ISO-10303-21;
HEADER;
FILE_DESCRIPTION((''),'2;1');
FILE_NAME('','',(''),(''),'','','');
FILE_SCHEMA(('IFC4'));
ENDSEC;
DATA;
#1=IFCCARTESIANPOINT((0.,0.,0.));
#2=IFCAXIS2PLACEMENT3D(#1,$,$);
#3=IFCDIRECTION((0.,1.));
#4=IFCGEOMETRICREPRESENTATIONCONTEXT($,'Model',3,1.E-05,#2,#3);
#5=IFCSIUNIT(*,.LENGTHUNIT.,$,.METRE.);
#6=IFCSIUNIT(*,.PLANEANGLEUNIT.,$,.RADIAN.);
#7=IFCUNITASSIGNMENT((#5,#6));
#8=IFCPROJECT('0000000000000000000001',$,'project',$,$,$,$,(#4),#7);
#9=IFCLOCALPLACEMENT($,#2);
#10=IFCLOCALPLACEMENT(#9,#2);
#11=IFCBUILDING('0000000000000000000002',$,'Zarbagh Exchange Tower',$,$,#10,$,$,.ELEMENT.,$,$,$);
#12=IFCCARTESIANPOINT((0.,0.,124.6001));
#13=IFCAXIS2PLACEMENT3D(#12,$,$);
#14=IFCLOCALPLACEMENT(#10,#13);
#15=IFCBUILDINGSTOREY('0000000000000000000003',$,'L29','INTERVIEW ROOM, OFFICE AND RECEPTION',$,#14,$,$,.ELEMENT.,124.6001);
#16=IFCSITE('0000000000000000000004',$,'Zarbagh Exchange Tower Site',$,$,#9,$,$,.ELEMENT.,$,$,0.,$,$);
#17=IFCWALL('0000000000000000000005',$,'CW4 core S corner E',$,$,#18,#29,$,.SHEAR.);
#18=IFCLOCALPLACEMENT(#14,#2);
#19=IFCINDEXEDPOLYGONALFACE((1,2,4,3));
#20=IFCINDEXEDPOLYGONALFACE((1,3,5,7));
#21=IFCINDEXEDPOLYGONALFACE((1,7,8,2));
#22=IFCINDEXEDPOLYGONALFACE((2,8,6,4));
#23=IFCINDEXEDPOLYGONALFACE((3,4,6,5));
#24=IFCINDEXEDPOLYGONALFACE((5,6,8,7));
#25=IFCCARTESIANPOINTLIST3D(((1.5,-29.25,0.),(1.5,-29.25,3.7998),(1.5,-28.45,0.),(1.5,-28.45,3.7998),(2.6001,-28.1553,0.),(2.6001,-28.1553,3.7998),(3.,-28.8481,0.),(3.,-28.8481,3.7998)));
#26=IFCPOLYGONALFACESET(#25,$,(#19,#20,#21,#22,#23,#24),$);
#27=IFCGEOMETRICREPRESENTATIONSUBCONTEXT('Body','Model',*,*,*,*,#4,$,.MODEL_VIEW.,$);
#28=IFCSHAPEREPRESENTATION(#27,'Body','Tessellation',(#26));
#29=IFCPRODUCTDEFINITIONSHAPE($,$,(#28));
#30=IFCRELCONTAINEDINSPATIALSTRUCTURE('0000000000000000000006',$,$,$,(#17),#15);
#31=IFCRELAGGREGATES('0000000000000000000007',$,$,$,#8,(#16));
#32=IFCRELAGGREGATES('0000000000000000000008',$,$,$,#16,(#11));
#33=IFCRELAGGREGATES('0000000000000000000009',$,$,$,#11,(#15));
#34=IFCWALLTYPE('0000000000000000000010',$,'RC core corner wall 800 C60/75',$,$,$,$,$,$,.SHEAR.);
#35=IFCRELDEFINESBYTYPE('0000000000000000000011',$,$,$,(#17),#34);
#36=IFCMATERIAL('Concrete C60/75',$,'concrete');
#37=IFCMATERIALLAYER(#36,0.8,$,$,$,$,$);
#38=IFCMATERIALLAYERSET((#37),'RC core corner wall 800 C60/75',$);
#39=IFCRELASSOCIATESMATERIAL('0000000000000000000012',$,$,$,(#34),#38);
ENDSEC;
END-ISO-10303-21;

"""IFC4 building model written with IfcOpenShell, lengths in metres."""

from ifc_helpers import new_model, si_unit, direction, frame, origin, place, context, subcontext, project, spatial, polyline, outline, extrude, material, layer, layer_set, type_object, element, save


model = new_model("IFC4")

# Units and contexts
model_context = context("Model", 3, precision=1e-05, world=origin(), true_north=direction((0.0, 1.0)))
body_context = subcontext(model_context, "Body", "Model", "MODEL_VIEW")
ifc_project = project(units=[si_unit("LENGTHUNIT", "METRE"), si_unit("PLANEANGLEUNIT", "RADIAN")], contexts=[model_context])

# Site, building, storey
site_placement = place(None, origin())
site = spatial("IfcSite", under=ifc_project, at=site_placement, Name="Zarbagh Exchange Tower Site", CompositionType="ELEMENT", RefElevation=0.0)
building_placement = place(site_placement, origin())
building = spatial("IfcBuilding", under=site, at=building_placement, Name="Zarbagh Exchange Tower", CompositionType="ELEMENT")
storey_placement = place(building_placement, frame((0.0, 0.0, 124.6001)))
storey = spatial("IfcBuildingStorey", under=building, at=storey_placement, Name="L29", Description="INTERVIEW ROOM, OFFICE AND RECEPTION", CompositionType="ELEMENT", Elevation=124.6001)

# Wall
ifc_material_1 = material(Name="Concrete C60/75", Category="concrete")
ifc_layer_1 = layer(ifc_material_1, 0.8)
ifc_layer_set_1 = layer_set([ifc_layer_1], Name="RC core corner wall 800 C60/75")
wall_type = type_object("IfcWallType", Name="RC core corner wall 800 C60/75", PredefinedType="SHEAR", material=ifc_layer_set_1)
wall_1_placement = place(storey_placement, origin())
element("IfcWall", 1, at=wall_1_placement, inside=storey, type_object=wall_type, Name="CW4 core S corner E", PredefinedType="SHEAR", context=body_context, shape_type="SweptSolid", body=[
    extrude(outline(polyline([(3.0, -28.8481), (1.5, -29.25), (1.5, -28.45), (2.6001, -28.1553), (3.0, -28.8481)])), origin(), (0.0, 0.0, 1.0), 3.7998),
])

save(model, "model.ifc")
